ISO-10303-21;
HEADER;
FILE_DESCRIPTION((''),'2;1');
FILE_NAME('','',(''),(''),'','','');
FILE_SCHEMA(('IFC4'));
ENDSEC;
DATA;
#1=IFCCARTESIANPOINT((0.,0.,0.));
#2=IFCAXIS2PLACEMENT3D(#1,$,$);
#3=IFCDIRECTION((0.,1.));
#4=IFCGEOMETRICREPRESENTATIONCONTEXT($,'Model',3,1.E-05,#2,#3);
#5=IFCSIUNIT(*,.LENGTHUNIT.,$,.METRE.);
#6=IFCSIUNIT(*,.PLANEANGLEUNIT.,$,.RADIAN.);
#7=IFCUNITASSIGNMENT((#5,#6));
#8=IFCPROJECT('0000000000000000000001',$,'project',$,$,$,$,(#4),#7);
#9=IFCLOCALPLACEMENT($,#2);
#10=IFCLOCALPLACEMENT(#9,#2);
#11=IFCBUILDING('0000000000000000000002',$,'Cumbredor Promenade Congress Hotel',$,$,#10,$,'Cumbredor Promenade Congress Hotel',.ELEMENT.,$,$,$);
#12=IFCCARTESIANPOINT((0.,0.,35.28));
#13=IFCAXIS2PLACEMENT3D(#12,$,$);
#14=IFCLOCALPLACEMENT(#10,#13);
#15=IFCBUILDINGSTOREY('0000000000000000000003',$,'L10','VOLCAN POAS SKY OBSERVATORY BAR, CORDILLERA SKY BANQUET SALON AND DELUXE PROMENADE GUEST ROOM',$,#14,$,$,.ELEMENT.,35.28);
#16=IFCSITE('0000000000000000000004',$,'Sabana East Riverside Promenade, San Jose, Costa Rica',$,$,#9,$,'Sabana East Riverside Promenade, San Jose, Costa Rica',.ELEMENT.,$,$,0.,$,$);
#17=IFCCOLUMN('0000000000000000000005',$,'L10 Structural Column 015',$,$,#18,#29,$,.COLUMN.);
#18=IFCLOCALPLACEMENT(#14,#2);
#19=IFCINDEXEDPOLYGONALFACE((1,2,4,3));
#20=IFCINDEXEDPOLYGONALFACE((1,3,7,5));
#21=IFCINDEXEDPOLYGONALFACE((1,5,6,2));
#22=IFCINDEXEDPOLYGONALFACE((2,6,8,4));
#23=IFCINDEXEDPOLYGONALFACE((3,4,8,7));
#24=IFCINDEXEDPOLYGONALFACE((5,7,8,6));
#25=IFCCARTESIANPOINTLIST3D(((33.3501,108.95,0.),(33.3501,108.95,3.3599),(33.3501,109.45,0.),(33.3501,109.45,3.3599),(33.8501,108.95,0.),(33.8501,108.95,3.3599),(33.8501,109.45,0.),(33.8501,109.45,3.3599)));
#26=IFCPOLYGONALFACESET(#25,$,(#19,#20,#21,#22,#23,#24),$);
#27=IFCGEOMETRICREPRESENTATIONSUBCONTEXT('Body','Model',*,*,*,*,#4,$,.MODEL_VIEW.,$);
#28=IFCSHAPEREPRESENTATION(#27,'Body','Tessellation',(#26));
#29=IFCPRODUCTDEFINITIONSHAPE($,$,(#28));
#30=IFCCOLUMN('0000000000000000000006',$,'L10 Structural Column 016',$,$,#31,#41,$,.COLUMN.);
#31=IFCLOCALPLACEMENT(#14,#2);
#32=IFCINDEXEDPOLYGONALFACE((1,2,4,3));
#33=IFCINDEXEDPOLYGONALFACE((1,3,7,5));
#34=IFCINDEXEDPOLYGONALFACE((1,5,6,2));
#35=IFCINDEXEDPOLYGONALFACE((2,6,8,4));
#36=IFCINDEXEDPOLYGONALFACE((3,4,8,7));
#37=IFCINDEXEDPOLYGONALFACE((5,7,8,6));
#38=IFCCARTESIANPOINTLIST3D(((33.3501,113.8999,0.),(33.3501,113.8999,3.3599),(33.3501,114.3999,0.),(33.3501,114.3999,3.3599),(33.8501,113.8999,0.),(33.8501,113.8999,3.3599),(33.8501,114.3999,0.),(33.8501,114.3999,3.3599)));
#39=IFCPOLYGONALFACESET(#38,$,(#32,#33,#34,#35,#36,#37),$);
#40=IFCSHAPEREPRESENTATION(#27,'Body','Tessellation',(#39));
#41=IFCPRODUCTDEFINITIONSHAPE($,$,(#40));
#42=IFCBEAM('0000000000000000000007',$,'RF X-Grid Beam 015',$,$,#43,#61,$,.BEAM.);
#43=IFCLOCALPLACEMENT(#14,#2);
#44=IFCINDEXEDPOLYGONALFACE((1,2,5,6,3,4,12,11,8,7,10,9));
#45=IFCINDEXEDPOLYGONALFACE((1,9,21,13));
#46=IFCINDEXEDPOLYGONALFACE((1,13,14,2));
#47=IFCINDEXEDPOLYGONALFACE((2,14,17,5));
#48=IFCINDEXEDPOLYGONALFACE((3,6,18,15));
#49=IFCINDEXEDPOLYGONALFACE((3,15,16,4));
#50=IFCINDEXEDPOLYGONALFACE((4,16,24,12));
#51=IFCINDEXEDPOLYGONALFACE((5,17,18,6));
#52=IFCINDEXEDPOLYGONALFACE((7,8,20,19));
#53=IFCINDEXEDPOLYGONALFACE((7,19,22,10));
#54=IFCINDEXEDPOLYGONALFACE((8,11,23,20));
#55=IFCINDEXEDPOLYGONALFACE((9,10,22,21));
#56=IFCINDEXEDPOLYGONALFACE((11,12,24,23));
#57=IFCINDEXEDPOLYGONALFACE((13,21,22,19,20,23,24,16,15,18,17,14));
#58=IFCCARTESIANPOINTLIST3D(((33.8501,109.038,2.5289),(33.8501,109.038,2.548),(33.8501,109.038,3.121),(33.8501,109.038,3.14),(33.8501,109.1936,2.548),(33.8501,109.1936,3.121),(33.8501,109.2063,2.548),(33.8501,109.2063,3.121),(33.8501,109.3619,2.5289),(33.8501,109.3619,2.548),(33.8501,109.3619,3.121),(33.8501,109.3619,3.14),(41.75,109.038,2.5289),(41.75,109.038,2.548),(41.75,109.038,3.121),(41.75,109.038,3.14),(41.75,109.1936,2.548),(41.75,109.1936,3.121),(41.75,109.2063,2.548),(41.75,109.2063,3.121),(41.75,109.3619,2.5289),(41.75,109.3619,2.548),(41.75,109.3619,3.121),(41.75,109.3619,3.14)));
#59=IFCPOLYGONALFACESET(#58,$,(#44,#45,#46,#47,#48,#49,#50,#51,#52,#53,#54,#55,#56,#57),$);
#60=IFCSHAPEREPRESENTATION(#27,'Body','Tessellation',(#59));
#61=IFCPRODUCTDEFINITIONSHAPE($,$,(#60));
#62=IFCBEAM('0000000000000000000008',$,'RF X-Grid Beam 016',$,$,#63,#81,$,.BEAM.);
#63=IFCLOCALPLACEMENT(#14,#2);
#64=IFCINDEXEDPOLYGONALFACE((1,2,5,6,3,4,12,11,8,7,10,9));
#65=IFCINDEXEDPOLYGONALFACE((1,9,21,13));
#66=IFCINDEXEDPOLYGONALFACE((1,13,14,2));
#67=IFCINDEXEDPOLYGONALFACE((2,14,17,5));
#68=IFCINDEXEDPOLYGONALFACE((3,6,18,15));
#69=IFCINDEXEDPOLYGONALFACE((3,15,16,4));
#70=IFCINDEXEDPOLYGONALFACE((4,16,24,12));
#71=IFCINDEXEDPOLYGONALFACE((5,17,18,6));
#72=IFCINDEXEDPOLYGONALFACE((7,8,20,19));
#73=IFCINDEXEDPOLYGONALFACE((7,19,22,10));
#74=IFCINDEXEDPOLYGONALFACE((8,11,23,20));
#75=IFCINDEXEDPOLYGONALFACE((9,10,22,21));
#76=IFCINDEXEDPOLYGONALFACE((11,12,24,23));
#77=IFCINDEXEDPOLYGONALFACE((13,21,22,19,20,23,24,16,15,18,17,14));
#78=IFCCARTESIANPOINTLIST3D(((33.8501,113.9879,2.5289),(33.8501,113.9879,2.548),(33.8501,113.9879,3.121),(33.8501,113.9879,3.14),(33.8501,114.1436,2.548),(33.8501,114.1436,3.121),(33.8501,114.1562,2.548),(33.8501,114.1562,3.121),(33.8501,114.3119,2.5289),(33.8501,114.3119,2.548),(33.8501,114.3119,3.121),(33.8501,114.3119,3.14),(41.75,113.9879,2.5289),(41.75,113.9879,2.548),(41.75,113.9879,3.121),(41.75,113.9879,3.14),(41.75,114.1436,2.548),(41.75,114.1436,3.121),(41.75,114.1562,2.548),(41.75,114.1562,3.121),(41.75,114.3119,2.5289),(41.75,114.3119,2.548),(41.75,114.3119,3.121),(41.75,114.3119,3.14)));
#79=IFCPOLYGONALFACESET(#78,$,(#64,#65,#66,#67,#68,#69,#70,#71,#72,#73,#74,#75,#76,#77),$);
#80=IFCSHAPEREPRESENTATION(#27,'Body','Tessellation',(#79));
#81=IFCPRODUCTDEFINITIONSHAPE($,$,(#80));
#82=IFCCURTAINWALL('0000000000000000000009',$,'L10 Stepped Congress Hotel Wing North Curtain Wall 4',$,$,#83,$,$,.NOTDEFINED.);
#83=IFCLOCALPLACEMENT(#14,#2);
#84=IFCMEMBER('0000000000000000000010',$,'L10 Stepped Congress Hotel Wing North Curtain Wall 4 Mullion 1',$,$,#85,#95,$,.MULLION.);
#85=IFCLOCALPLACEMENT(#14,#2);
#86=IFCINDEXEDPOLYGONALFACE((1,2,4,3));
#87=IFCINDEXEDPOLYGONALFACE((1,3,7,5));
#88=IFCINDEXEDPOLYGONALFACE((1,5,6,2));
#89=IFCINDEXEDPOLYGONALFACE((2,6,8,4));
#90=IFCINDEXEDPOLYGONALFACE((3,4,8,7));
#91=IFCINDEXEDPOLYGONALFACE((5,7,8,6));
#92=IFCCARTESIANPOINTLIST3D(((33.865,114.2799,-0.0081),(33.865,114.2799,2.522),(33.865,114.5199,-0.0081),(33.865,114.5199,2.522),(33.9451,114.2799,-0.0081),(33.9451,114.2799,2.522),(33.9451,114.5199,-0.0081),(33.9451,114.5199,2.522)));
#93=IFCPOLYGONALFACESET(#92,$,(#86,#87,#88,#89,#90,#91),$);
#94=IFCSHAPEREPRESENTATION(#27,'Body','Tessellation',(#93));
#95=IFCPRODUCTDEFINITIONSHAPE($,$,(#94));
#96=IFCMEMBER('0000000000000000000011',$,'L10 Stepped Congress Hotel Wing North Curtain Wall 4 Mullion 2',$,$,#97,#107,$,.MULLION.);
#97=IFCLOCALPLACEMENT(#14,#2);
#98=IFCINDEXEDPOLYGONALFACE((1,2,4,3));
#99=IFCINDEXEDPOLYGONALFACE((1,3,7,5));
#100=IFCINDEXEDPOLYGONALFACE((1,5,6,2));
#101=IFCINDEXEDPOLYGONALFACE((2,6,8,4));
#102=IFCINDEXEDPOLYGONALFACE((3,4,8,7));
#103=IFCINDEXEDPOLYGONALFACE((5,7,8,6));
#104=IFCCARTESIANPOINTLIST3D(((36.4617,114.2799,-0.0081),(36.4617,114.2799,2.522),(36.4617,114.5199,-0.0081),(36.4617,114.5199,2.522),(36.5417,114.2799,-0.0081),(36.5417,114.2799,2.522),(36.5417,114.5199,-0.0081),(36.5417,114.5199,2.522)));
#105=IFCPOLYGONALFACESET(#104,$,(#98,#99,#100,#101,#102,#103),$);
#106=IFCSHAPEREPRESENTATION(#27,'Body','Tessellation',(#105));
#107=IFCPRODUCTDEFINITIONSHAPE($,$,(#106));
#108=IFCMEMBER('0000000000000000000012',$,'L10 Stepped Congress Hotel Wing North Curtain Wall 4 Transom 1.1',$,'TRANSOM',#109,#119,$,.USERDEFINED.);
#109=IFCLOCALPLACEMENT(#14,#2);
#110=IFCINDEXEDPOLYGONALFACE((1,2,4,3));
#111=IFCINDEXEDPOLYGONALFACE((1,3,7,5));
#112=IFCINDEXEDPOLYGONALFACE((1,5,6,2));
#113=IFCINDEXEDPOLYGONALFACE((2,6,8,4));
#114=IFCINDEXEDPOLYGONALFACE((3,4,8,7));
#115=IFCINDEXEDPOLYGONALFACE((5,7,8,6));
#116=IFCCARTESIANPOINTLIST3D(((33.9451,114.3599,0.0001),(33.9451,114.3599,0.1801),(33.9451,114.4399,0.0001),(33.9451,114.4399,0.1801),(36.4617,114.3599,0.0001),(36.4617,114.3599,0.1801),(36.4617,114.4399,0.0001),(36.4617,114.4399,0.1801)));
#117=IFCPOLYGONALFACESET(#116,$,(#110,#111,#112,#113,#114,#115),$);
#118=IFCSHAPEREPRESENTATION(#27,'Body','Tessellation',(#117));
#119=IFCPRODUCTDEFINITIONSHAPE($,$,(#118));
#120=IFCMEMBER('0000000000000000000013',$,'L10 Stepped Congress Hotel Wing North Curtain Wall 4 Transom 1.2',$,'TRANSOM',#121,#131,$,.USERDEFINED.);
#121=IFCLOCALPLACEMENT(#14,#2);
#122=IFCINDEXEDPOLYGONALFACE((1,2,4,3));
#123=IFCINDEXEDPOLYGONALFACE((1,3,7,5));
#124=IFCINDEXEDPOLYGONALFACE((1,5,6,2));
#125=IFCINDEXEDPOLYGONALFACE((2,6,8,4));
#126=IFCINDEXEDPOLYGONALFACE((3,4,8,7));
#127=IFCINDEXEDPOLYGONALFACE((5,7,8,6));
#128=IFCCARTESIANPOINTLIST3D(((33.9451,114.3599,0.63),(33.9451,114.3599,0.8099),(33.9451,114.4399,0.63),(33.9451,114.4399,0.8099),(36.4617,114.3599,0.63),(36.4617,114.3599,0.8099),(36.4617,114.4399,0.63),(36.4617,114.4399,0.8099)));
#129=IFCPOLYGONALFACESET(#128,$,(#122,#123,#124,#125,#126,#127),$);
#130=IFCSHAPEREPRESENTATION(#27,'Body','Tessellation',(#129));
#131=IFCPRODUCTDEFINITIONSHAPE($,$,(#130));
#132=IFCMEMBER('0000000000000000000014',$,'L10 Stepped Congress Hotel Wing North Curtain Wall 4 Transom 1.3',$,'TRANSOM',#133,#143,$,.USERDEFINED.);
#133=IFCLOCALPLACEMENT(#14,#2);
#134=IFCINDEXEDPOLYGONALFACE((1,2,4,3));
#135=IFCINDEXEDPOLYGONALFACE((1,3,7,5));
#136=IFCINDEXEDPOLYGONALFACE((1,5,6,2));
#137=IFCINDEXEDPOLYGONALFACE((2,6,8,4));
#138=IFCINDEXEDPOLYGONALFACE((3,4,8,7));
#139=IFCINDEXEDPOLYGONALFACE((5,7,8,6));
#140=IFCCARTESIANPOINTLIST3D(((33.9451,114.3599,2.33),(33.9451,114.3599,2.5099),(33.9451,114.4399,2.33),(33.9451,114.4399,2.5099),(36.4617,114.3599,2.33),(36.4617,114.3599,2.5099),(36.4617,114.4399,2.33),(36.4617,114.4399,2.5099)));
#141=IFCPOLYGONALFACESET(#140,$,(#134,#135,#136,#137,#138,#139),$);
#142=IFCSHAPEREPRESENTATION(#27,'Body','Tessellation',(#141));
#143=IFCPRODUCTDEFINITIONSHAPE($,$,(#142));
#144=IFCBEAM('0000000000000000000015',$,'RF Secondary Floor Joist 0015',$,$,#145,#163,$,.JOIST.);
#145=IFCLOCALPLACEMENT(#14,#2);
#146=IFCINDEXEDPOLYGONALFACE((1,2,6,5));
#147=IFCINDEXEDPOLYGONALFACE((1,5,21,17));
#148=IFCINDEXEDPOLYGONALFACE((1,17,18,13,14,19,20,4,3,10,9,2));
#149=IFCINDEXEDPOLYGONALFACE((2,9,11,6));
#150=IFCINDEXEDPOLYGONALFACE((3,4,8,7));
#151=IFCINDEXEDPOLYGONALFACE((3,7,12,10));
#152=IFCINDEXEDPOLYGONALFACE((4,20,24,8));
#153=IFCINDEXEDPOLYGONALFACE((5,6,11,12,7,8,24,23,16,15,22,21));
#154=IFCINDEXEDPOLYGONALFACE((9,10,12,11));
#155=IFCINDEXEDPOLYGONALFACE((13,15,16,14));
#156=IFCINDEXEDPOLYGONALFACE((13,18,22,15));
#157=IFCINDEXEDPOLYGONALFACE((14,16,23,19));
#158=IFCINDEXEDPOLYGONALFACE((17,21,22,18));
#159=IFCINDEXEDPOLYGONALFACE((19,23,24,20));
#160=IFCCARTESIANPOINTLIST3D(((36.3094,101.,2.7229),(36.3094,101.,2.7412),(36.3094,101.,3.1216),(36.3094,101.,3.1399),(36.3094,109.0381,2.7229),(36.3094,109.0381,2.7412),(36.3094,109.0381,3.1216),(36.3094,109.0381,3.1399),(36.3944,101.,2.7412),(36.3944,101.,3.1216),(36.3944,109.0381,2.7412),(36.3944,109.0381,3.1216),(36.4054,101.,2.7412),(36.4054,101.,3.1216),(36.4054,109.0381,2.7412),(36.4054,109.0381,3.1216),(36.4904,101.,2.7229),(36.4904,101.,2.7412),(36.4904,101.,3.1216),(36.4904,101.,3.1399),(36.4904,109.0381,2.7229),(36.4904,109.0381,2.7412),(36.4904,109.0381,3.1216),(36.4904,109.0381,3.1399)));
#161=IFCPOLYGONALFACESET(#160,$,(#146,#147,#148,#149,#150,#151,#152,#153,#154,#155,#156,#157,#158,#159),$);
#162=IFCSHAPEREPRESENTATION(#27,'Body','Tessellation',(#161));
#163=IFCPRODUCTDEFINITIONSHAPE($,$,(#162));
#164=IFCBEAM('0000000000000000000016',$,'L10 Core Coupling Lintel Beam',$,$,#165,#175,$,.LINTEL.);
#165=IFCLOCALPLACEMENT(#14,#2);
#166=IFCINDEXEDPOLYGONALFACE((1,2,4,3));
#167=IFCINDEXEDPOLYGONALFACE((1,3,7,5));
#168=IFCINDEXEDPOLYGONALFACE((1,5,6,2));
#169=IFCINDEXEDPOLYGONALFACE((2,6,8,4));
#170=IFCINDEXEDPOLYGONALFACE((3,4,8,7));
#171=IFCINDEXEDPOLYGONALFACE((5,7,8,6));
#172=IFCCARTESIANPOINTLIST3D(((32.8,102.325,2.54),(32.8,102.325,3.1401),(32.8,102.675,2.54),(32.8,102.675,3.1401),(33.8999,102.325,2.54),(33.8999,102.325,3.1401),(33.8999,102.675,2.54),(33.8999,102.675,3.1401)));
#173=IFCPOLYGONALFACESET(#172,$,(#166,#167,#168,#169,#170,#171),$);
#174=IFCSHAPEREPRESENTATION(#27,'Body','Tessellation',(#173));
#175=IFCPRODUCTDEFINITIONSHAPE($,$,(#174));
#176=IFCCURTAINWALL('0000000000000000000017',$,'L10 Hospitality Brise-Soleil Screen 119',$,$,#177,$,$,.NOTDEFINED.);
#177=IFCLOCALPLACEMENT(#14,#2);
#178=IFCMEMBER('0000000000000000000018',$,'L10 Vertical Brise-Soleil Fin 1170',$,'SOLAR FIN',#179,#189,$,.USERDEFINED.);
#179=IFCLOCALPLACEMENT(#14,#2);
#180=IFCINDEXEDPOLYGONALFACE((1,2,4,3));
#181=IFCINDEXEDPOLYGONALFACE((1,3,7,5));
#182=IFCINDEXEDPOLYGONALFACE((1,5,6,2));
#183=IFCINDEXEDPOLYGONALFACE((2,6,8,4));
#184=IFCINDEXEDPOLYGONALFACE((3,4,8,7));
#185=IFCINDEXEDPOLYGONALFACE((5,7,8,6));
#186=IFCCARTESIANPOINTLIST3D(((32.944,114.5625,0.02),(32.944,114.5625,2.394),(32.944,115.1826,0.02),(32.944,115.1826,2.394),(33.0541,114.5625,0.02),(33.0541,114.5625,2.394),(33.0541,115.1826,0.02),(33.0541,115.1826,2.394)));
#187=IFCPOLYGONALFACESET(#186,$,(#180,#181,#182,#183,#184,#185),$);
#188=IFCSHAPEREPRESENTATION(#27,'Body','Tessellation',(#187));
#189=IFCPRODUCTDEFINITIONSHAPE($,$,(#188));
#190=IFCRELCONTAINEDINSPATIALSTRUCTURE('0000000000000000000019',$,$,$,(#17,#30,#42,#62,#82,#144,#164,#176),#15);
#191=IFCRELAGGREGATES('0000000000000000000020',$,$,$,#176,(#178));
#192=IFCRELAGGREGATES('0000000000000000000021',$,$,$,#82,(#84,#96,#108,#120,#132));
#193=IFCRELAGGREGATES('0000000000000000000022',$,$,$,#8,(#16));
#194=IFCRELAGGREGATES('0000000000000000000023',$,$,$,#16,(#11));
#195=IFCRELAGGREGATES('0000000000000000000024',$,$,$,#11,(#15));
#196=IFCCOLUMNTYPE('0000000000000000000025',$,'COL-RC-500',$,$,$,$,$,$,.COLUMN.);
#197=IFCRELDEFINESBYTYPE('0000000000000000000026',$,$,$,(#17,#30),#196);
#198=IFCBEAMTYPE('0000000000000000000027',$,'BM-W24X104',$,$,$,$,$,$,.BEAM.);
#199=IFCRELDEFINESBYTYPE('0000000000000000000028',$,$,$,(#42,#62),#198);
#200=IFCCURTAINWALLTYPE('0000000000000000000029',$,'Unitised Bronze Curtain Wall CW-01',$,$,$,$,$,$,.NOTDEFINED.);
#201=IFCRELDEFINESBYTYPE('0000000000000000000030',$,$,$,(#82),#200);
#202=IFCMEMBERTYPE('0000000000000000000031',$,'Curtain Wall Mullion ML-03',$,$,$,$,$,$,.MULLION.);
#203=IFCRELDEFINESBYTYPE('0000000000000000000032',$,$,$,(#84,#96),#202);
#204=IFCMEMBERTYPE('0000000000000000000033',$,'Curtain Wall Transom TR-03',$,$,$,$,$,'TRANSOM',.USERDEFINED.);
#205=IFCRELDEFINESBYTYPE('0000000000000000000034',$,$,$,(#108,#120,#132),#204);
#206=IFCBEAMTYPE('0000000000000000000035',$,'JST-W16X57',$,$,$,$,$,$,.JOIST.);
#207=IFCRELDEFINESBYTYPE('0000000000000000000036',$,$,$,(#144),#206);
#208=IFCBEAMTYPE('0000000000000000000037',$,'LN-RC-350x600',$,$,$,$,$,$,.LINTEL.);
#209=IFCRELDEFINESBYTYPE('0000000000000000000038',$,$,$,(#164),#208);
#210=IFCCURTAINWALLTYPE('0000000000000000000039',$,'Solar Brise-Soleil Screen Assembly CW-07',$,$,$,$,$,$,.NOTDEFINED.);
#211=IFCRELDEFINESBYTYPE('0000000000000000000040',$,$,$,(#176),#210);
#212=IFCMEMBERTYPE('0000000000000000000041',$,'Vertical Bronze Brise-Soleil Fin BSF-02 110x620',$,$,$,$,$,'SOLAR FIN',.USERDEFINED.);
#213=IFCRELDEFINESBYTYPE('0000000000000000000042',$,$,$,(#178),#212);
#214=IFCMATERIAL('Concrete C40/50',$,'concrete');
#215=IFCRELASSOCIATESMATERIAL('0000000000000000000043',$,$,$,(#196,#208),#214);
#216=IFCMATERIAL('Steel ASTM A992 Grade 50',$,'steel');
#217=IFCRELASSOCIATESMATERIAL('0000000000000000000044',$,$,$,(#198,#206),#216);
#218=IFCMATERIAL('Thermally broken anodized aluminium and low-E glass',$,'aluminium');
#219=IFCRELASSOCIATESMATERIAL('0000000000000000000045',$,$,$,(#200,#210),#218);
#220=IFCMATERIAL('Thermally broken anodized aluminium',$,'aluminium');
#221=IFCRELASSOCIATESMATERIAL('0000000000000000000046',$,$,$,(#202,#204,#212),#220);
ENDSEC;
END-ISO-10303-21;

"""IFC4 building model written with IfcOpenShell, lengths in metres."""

from ifc_helpers import new_model, si_unit, direction, frame, origin, origin_2d, place, context, subcontext, project, spatial, rectangle, i_section, extrude, material, material_profile, profile_set, type_object, element, aggregate, save


model = new_model("IFC4")

# Units and contexts
model_context = context("Model", 3, precision=1e-05, world=origin(), true_north=direction((0.0, 1.0)))
body_context = subcontext(model_context, "Body", "Model", "MODEL_VIEW")
ifc_project = project(units=[si_unit("LENGTHUNIT", "METRE"), si_unit("PLANEANGLEUNIT", "RADIAN")], contexts=[model_context])

# Site, building, storey
site_placement = place(None, origin())
site = spatial("IfcSite", under=ifc_project, at=site_placement, Name="Sabana East Riverside Promenade, San Jose, Costa Rica", LongName="Sabana East Riverside Promenade, San Jose, Costa Rica", CompositionType="ELEMENT", RefElevation=0.0)
building_placement = place(site_placement, origin())
building = spatial("IfcBuilding", under=site, at=building_placement, Name="Cumbredor Promenade Congress Hotel", LongName="Cumbredor Promenade Congress Hotel", CompositionType="ELEMENT")
storey_placement = place(building_placement, frame((0.0, 0.0, 35.28)))
storey = spatial("IfcBuildingStorey", under=building, at=storey_placement, Name="L10", Description="VOLCAN POAS SKY OBSERVATORY BAR, CORDILLERA SKY BANQUET SALON AND DELUXE PROMENADE GUEST ROOM", CompositionType="ELEMENT", Elevation=35.28)

# Columns
ifc_material_1 = material(Name="Concrete C40/50", Category="concrete")
ifc_material_profile_1 = material_profile(ifc_material_1, rectangle(XDim=0.5, YDim=0.5, at=origin_2d()), Name="RC 500x500")
ifc_profile_set_1 = profile_set([ifc_material_profile_1], Name="Concrete C40/50")
column_type = type_object("IfcColumnType", Name="COL-RC-500", PredefinedType="COLUMN", material=ifc_profile_set_1)
for number, where, z_axis, x_axis, name in (
    (1, (33.6001, 109.2, 0.0), (0.0, 0.0, 1.0), (1.0, 0.0, 0.0), "L10 Structural Column 015"),
    (2, (33.6001, 114.1499, 0.0), (0.0, 0.0, 1.0), (1.0, 0.0, 0.0), "L10 Structural Column 016"),
):
    element("IfcColumn", number, at=place(storey_placement, frame(where, z_axis=z_axis, x_axis=x_axis)), inside=storey, type_object=column_type, Name=name, PredefinedType="COLUMN", context=body_context, shape_type="SweptSolid", body=[
        extrude(rectangle(XDim=0.5, YDim=0.5, at=origin_2d()), origin(), (0.0, 0.0, 1.0), 3.3599),
    ])

# Beams
ifc_material_2 = material(Name="Steel ASTM A992 Grade 50", Category="steel")
ifc_material_profile_2 = material_profile(ifc_material_2, i_section(OverallWidth=0.324, OverallDepth=0.6111, WebThickness=0.0127, FlangeThickness=0.019, at=origin_2d()), Name="W24X104")
ifc_profile_set_2 = profile_set([ifc_material_profile_2], Name="Steel ASTM A992 Grade 50")
beam_type_1 = type_object("IfcBeamType", Name="BM-W24X104", PredefinedType="BEAM", material=ifc_profile_set_2)
for number, where, z_axis, x_axis, name in (
    (3, (33.8501, 109.2, 2.8345), (1.0, 0.0, 0.0), (0.0, 1.0, 0.0), "RF X-Grid Beam 015"),
    (4, (33.8501, 114.1499, 2.8345), (1.0, 0.0, 0.0), (0.0, 1.0, 0.0), "RF X-Grid Beam 016"),
):
    element("IfcBeam", number, at=place(storey_placement, frame(where, z_axis=z_axis, x_axis=x_axis)), inside=storey, type_object=beam_type_1, Name=name, PredefinedType="BEAM", context=body_context, shape_type="SweptSolid", body=[
        extrude(i_section(OverallWidth=0.324, OverallDepth=0.6111, WebThickness=0.0127, FlangeThickness=0.019, at=origin_2d()), origin(), (0.0, 0.0, 1.0), 7.8999),
    ])

# Curtain wall, members
ifc_material_3 = material(Name="Thermally broken anodized aluminium and low-E glass", Category="aluminium")
curtain_wall_type_1 = type_object("IfcCurtainWallType", Name="Unitised Bronze Curtain Wall CW-01", PredefinedType="NOTDEFINED", material=ifc_material_3)
curtain_wall_1_placement = place(storey_placement, origin())
curtain_wall_1 = element("IfcCurtainWall", 5, at=curtain_wall_1_placement, inside=storey, type_object=curtain_wall_type_1, Name="L10 Stepped Congress Hotel Wing North Curtain Wall 4", PredefinedType="NOTDEFINED")
ifc_material_4 = material(Name="Thermally broken anodized aluminium", Category="aluminium")
ifc_material_profile_3 = material_profile(ifc_material_4, rectangle(XDim=0.0801, YDim=0.24, at=origin_2d()), Name="ALU MULLION 80x240")
ifc_profile_set_3 = profile_set([ifc_material_profile_3], Name="Thermally broken anodized aluminium")
member_type_1 = type_object("IfcMemberType", Name="Curtain Wall Mullion ML-03", PredefinedType="MULLION", material=ifc_profile_set_3)
member_1_placement = place(storey_placement, frame((33.905, 114.3999, -0.0081), z_axis=(0.0, 0.0, 1.0), x_axis=(1.0, 0.0, 0.0)))
member_1 = element("IfcMember", 6, at=member_1_placement, type_object=member_type_1, Name="L10 Stepped Congress Hotel Wing North Curtain Wall 4 Mullion 1", PredefinedType="MULLION", context=body_context, shape_type="SweptSolid", body=[
    extrude(rectangle(XDim=0.0801, YDim=0.24, at=origin_2d()), origin(), (0.0, 0.0, 1.0), 2.53),
])
member_2_placement = place(storey_placement, frame((36.5017, 114.3999, -0.0081), z_axis=(0.0, 0.0, 1.0), x_axis=(1.0, 0.0, 0.0)))
member_2 = element("IfcMember", 7, at=member_2_placement, type_object=member_type_1, Name="L10 Stepped Congress Hotel Wing North Curtain Wall 4 Mullion 2", PredefinedType="MULLION", context=body_context, shape_type="SweptSolid", body=[
    extrude(rectangle(XDim=0.0801, YDim=0.24, at=origin_2d()), origin(), (0.0, 0.0, 1.0), 2.53),
])
ifc_material_profile_4 = material_profile(ifc_material_4, rectangle(XDim=0.0801, YDim=0.1799, at=origin_2d()), Name="ALU TRANSOM 80x180")
ifc_profile_set_4 = profile_set([ifc_material_profile_4], Name="Thermally broken anodized aluminium")
member_type_2 = type_object("IfcMemberType", Name="Curtain Wall Transom TR-03", ElementType="TRANSOM", PredefinedType="USERDEFINED", material=ifc_profile_set_4)
member_3_placement = place(storey_placement, frame((33.9451, 114.3999, 0.0901), z_axis=(1.0, 0.0, 0.0), x_axis=(0.0, 1.0, 0.0)))
member_3 = element("IfcMember", 8, at=member_3_placement, type_object=member_type_2, Name="L10 Stepped Congress Hotel Wing North Curtain Wall 4 Transom 1.1", ObjectType="TRANSOM", PredefinedType="USERDEFINED", context=body_context, shape_type="SweptSolid", body=[
    extrude(rectangle(XDim=0.0801, YDim=0.1799, at=origin_2d()), origin(), (0.0, 0.0, 1.0), 2.5166),
])
member_4_placement = place(storey_placement, frame((33.9451, 114.3999, 0.72), z_axis=(1.0, 0.0, 0.0), x_axis=(0.0, 1.0, 0.0)))
member_4 = element("IfcMember", 9, at=member_4_placement, type_object=member_type_2, Name="L10 Stepped Congress Hotel Wing North Curtain Wall 4 Transom 1.2", ObjectType="TRANSOM", PredefinedType="USERDEFINED", context=body_context, shape_type="SweptSolid", body=[
    extrude(rectangle(XDim=0.0801, YDim=0.1799, at=origin_2d()), origin(), (0.0, 0.0, 1.0), 2.5166),
])
member_5_placement = place(storey_placement, frame((33.9451, 114.3999, 2.4199), z_axis=(1.0, 0.0, 0.0), x_axis=(0.0, 1.0, 0.0)))
member_5 = element("IfcMember", 10, at=member_5_placement, type_object=member_type_2, Name="L10 Stepped Congress Hotel Wing North Curtain Wall 4 Transom 1.3", ObjectType="TRANSOM", PredefinedType="USERDEFINED", context=body_context, shape_type="SweptSolid", body=[
    extrude(rectangle(XDim=0.0801, YDim=0.1799, at=origin_2d()), origin(), (0.0, 0.0, 1.0), 2.5166),
])

# Beams
ifc_material_profile_5 = material_profile(ifc_material_2, i_section(OverallWidth=0.1809, OverallDepth=0.417, WebThickness=0.011, FlangeThickness=0.0183, at=origin_2d()), Name="W16X57")
ifc_profile_set_5 = profile_set([ifc_material_profile_5], Name="Steel ASTM A992 Grade 50")
beam_type_2 = type_object("IfcBeamType", Name="JST-W16X57", PredefinedType="JOIST", material=ifc_profile_set_5)
beam_1_placement = place(storey_placement, frame((36.3999, 101.0, 2.9314), z_axis=(0.0, 1.0, 0.0), x_axis=(-1.0, 0.0, 0.0)))
element("IfcBeam", 11, at=beam_1_placement, inside=storey, type_object=beam_type_2, Name="RF Secondary Floor Joist 0015", PredefinedType="JOIST", context=body_context, shape_type="SweptSolid", body=[
    extrude(i_section(OverallWidth=0.1809, OverallDepth=0.417, WebThickness=0.011, FlangeThickness=0.0183, at=origin_2d()), origin(), (0.0, 0.0, 1.0), 8.0381),
])
ifc_material_profile_6 = material_profile(ifc_material_1, rectangle(XDim=0.3501, YDim=0.6001, at=origin_2d()), Name="RC LINTEL 350x600")
ifc_profile_set_6 = profile_set([ifc_material_profile_6], Name="Concrete C40/50")
beam_type_3 = type_object("IfcBeamType", Name="LN-RC-350x600", PredefinedType="LINTEL", material=ifc_profile_set_6)
beam_2_placement = place(storey_placement, frame((32.8, 102.5, 2.8401), z_axis=(1.0, 0.0, 0.0), x_axis=(0.0, 1.0, 0.0)))
element("IfcBeam", 12, at=beam_2_placement, inside=storey, type_object=beam_type_3, Name="L10 Core Coupling Lintel Beam", PredefinedType="LINTEL", context=body_context, shape_type="SweptSolid", body=[
    extrude(rectangle(XDim=0.3501, YDim=0.6001, at=origin_2d()), origin(), (0.0, 0.0, 1.0), 1.0999),
])

# Curtain wall, member
curtain_wall_type_2 = type_object("IfcCurtainWallType", Name="Solar Brise-Soleil Screen Assembly CW-07", PredefinedType="NOTDEFINED", material=ifc_material_3)
curtain_wall_2_placement = place(storey_placement, origin())
curtain_wall_2 = element("IfcCurtainWall", 13, at=curtain_wall_2_placement, inside=storey, type_object=curtain_wall_type_2, Name="L10 Hospitality Brise-Soleil Screen 119", PredefinedType="NOTDEFINED")
ifc_material_profile_7 = material_profile(ifc_material_4, rectangle(XDim=0.1101, YDim=0.6201, at=origin_2d()), Name="ARCH FIN 110x620")
ifc_profile_set_7 = profile_set([ifc_material_profile_7], Name="Thermally broken anodized aluminium")
member_type_3 = type_object("IfcMemberType", Name="Vertical Bronze Brise-Soleil Fin BSF-02 110x620", ElementType="SOLAR FIN", PredefinedType="USERDEFINED", material=ifc_profile_set_7)
member_6_placement = place(storey_placement, frame((32.999, 114.8726, 0.02), z_axis=(0.0, 0.0, 1.0), x_axis=(1.0, 0.0, 0.0)))
member_6 = element("IfcMember", 14, at=member_6_placement, type_object=member_type_3, Name="L10 Vertical Brise-Soleil Fin 1170", ObjectType="SOLAR FIN", PredefinedType="USERDEFINED", context=body_context, shape_type="SweptSolid", body=[
    extrude(rectangle(XDim=0.1101, YDim=0.6201, at=origin_2d()), origin(), (0.0, 0.0, 1.0), 2.374),
])

aggregate(curtain_wall_2, [member_6])
aggregate(curtain_wall_1, [member_1, member_2, member_3, member_4, member_5])

save(model, "model.ifc")
